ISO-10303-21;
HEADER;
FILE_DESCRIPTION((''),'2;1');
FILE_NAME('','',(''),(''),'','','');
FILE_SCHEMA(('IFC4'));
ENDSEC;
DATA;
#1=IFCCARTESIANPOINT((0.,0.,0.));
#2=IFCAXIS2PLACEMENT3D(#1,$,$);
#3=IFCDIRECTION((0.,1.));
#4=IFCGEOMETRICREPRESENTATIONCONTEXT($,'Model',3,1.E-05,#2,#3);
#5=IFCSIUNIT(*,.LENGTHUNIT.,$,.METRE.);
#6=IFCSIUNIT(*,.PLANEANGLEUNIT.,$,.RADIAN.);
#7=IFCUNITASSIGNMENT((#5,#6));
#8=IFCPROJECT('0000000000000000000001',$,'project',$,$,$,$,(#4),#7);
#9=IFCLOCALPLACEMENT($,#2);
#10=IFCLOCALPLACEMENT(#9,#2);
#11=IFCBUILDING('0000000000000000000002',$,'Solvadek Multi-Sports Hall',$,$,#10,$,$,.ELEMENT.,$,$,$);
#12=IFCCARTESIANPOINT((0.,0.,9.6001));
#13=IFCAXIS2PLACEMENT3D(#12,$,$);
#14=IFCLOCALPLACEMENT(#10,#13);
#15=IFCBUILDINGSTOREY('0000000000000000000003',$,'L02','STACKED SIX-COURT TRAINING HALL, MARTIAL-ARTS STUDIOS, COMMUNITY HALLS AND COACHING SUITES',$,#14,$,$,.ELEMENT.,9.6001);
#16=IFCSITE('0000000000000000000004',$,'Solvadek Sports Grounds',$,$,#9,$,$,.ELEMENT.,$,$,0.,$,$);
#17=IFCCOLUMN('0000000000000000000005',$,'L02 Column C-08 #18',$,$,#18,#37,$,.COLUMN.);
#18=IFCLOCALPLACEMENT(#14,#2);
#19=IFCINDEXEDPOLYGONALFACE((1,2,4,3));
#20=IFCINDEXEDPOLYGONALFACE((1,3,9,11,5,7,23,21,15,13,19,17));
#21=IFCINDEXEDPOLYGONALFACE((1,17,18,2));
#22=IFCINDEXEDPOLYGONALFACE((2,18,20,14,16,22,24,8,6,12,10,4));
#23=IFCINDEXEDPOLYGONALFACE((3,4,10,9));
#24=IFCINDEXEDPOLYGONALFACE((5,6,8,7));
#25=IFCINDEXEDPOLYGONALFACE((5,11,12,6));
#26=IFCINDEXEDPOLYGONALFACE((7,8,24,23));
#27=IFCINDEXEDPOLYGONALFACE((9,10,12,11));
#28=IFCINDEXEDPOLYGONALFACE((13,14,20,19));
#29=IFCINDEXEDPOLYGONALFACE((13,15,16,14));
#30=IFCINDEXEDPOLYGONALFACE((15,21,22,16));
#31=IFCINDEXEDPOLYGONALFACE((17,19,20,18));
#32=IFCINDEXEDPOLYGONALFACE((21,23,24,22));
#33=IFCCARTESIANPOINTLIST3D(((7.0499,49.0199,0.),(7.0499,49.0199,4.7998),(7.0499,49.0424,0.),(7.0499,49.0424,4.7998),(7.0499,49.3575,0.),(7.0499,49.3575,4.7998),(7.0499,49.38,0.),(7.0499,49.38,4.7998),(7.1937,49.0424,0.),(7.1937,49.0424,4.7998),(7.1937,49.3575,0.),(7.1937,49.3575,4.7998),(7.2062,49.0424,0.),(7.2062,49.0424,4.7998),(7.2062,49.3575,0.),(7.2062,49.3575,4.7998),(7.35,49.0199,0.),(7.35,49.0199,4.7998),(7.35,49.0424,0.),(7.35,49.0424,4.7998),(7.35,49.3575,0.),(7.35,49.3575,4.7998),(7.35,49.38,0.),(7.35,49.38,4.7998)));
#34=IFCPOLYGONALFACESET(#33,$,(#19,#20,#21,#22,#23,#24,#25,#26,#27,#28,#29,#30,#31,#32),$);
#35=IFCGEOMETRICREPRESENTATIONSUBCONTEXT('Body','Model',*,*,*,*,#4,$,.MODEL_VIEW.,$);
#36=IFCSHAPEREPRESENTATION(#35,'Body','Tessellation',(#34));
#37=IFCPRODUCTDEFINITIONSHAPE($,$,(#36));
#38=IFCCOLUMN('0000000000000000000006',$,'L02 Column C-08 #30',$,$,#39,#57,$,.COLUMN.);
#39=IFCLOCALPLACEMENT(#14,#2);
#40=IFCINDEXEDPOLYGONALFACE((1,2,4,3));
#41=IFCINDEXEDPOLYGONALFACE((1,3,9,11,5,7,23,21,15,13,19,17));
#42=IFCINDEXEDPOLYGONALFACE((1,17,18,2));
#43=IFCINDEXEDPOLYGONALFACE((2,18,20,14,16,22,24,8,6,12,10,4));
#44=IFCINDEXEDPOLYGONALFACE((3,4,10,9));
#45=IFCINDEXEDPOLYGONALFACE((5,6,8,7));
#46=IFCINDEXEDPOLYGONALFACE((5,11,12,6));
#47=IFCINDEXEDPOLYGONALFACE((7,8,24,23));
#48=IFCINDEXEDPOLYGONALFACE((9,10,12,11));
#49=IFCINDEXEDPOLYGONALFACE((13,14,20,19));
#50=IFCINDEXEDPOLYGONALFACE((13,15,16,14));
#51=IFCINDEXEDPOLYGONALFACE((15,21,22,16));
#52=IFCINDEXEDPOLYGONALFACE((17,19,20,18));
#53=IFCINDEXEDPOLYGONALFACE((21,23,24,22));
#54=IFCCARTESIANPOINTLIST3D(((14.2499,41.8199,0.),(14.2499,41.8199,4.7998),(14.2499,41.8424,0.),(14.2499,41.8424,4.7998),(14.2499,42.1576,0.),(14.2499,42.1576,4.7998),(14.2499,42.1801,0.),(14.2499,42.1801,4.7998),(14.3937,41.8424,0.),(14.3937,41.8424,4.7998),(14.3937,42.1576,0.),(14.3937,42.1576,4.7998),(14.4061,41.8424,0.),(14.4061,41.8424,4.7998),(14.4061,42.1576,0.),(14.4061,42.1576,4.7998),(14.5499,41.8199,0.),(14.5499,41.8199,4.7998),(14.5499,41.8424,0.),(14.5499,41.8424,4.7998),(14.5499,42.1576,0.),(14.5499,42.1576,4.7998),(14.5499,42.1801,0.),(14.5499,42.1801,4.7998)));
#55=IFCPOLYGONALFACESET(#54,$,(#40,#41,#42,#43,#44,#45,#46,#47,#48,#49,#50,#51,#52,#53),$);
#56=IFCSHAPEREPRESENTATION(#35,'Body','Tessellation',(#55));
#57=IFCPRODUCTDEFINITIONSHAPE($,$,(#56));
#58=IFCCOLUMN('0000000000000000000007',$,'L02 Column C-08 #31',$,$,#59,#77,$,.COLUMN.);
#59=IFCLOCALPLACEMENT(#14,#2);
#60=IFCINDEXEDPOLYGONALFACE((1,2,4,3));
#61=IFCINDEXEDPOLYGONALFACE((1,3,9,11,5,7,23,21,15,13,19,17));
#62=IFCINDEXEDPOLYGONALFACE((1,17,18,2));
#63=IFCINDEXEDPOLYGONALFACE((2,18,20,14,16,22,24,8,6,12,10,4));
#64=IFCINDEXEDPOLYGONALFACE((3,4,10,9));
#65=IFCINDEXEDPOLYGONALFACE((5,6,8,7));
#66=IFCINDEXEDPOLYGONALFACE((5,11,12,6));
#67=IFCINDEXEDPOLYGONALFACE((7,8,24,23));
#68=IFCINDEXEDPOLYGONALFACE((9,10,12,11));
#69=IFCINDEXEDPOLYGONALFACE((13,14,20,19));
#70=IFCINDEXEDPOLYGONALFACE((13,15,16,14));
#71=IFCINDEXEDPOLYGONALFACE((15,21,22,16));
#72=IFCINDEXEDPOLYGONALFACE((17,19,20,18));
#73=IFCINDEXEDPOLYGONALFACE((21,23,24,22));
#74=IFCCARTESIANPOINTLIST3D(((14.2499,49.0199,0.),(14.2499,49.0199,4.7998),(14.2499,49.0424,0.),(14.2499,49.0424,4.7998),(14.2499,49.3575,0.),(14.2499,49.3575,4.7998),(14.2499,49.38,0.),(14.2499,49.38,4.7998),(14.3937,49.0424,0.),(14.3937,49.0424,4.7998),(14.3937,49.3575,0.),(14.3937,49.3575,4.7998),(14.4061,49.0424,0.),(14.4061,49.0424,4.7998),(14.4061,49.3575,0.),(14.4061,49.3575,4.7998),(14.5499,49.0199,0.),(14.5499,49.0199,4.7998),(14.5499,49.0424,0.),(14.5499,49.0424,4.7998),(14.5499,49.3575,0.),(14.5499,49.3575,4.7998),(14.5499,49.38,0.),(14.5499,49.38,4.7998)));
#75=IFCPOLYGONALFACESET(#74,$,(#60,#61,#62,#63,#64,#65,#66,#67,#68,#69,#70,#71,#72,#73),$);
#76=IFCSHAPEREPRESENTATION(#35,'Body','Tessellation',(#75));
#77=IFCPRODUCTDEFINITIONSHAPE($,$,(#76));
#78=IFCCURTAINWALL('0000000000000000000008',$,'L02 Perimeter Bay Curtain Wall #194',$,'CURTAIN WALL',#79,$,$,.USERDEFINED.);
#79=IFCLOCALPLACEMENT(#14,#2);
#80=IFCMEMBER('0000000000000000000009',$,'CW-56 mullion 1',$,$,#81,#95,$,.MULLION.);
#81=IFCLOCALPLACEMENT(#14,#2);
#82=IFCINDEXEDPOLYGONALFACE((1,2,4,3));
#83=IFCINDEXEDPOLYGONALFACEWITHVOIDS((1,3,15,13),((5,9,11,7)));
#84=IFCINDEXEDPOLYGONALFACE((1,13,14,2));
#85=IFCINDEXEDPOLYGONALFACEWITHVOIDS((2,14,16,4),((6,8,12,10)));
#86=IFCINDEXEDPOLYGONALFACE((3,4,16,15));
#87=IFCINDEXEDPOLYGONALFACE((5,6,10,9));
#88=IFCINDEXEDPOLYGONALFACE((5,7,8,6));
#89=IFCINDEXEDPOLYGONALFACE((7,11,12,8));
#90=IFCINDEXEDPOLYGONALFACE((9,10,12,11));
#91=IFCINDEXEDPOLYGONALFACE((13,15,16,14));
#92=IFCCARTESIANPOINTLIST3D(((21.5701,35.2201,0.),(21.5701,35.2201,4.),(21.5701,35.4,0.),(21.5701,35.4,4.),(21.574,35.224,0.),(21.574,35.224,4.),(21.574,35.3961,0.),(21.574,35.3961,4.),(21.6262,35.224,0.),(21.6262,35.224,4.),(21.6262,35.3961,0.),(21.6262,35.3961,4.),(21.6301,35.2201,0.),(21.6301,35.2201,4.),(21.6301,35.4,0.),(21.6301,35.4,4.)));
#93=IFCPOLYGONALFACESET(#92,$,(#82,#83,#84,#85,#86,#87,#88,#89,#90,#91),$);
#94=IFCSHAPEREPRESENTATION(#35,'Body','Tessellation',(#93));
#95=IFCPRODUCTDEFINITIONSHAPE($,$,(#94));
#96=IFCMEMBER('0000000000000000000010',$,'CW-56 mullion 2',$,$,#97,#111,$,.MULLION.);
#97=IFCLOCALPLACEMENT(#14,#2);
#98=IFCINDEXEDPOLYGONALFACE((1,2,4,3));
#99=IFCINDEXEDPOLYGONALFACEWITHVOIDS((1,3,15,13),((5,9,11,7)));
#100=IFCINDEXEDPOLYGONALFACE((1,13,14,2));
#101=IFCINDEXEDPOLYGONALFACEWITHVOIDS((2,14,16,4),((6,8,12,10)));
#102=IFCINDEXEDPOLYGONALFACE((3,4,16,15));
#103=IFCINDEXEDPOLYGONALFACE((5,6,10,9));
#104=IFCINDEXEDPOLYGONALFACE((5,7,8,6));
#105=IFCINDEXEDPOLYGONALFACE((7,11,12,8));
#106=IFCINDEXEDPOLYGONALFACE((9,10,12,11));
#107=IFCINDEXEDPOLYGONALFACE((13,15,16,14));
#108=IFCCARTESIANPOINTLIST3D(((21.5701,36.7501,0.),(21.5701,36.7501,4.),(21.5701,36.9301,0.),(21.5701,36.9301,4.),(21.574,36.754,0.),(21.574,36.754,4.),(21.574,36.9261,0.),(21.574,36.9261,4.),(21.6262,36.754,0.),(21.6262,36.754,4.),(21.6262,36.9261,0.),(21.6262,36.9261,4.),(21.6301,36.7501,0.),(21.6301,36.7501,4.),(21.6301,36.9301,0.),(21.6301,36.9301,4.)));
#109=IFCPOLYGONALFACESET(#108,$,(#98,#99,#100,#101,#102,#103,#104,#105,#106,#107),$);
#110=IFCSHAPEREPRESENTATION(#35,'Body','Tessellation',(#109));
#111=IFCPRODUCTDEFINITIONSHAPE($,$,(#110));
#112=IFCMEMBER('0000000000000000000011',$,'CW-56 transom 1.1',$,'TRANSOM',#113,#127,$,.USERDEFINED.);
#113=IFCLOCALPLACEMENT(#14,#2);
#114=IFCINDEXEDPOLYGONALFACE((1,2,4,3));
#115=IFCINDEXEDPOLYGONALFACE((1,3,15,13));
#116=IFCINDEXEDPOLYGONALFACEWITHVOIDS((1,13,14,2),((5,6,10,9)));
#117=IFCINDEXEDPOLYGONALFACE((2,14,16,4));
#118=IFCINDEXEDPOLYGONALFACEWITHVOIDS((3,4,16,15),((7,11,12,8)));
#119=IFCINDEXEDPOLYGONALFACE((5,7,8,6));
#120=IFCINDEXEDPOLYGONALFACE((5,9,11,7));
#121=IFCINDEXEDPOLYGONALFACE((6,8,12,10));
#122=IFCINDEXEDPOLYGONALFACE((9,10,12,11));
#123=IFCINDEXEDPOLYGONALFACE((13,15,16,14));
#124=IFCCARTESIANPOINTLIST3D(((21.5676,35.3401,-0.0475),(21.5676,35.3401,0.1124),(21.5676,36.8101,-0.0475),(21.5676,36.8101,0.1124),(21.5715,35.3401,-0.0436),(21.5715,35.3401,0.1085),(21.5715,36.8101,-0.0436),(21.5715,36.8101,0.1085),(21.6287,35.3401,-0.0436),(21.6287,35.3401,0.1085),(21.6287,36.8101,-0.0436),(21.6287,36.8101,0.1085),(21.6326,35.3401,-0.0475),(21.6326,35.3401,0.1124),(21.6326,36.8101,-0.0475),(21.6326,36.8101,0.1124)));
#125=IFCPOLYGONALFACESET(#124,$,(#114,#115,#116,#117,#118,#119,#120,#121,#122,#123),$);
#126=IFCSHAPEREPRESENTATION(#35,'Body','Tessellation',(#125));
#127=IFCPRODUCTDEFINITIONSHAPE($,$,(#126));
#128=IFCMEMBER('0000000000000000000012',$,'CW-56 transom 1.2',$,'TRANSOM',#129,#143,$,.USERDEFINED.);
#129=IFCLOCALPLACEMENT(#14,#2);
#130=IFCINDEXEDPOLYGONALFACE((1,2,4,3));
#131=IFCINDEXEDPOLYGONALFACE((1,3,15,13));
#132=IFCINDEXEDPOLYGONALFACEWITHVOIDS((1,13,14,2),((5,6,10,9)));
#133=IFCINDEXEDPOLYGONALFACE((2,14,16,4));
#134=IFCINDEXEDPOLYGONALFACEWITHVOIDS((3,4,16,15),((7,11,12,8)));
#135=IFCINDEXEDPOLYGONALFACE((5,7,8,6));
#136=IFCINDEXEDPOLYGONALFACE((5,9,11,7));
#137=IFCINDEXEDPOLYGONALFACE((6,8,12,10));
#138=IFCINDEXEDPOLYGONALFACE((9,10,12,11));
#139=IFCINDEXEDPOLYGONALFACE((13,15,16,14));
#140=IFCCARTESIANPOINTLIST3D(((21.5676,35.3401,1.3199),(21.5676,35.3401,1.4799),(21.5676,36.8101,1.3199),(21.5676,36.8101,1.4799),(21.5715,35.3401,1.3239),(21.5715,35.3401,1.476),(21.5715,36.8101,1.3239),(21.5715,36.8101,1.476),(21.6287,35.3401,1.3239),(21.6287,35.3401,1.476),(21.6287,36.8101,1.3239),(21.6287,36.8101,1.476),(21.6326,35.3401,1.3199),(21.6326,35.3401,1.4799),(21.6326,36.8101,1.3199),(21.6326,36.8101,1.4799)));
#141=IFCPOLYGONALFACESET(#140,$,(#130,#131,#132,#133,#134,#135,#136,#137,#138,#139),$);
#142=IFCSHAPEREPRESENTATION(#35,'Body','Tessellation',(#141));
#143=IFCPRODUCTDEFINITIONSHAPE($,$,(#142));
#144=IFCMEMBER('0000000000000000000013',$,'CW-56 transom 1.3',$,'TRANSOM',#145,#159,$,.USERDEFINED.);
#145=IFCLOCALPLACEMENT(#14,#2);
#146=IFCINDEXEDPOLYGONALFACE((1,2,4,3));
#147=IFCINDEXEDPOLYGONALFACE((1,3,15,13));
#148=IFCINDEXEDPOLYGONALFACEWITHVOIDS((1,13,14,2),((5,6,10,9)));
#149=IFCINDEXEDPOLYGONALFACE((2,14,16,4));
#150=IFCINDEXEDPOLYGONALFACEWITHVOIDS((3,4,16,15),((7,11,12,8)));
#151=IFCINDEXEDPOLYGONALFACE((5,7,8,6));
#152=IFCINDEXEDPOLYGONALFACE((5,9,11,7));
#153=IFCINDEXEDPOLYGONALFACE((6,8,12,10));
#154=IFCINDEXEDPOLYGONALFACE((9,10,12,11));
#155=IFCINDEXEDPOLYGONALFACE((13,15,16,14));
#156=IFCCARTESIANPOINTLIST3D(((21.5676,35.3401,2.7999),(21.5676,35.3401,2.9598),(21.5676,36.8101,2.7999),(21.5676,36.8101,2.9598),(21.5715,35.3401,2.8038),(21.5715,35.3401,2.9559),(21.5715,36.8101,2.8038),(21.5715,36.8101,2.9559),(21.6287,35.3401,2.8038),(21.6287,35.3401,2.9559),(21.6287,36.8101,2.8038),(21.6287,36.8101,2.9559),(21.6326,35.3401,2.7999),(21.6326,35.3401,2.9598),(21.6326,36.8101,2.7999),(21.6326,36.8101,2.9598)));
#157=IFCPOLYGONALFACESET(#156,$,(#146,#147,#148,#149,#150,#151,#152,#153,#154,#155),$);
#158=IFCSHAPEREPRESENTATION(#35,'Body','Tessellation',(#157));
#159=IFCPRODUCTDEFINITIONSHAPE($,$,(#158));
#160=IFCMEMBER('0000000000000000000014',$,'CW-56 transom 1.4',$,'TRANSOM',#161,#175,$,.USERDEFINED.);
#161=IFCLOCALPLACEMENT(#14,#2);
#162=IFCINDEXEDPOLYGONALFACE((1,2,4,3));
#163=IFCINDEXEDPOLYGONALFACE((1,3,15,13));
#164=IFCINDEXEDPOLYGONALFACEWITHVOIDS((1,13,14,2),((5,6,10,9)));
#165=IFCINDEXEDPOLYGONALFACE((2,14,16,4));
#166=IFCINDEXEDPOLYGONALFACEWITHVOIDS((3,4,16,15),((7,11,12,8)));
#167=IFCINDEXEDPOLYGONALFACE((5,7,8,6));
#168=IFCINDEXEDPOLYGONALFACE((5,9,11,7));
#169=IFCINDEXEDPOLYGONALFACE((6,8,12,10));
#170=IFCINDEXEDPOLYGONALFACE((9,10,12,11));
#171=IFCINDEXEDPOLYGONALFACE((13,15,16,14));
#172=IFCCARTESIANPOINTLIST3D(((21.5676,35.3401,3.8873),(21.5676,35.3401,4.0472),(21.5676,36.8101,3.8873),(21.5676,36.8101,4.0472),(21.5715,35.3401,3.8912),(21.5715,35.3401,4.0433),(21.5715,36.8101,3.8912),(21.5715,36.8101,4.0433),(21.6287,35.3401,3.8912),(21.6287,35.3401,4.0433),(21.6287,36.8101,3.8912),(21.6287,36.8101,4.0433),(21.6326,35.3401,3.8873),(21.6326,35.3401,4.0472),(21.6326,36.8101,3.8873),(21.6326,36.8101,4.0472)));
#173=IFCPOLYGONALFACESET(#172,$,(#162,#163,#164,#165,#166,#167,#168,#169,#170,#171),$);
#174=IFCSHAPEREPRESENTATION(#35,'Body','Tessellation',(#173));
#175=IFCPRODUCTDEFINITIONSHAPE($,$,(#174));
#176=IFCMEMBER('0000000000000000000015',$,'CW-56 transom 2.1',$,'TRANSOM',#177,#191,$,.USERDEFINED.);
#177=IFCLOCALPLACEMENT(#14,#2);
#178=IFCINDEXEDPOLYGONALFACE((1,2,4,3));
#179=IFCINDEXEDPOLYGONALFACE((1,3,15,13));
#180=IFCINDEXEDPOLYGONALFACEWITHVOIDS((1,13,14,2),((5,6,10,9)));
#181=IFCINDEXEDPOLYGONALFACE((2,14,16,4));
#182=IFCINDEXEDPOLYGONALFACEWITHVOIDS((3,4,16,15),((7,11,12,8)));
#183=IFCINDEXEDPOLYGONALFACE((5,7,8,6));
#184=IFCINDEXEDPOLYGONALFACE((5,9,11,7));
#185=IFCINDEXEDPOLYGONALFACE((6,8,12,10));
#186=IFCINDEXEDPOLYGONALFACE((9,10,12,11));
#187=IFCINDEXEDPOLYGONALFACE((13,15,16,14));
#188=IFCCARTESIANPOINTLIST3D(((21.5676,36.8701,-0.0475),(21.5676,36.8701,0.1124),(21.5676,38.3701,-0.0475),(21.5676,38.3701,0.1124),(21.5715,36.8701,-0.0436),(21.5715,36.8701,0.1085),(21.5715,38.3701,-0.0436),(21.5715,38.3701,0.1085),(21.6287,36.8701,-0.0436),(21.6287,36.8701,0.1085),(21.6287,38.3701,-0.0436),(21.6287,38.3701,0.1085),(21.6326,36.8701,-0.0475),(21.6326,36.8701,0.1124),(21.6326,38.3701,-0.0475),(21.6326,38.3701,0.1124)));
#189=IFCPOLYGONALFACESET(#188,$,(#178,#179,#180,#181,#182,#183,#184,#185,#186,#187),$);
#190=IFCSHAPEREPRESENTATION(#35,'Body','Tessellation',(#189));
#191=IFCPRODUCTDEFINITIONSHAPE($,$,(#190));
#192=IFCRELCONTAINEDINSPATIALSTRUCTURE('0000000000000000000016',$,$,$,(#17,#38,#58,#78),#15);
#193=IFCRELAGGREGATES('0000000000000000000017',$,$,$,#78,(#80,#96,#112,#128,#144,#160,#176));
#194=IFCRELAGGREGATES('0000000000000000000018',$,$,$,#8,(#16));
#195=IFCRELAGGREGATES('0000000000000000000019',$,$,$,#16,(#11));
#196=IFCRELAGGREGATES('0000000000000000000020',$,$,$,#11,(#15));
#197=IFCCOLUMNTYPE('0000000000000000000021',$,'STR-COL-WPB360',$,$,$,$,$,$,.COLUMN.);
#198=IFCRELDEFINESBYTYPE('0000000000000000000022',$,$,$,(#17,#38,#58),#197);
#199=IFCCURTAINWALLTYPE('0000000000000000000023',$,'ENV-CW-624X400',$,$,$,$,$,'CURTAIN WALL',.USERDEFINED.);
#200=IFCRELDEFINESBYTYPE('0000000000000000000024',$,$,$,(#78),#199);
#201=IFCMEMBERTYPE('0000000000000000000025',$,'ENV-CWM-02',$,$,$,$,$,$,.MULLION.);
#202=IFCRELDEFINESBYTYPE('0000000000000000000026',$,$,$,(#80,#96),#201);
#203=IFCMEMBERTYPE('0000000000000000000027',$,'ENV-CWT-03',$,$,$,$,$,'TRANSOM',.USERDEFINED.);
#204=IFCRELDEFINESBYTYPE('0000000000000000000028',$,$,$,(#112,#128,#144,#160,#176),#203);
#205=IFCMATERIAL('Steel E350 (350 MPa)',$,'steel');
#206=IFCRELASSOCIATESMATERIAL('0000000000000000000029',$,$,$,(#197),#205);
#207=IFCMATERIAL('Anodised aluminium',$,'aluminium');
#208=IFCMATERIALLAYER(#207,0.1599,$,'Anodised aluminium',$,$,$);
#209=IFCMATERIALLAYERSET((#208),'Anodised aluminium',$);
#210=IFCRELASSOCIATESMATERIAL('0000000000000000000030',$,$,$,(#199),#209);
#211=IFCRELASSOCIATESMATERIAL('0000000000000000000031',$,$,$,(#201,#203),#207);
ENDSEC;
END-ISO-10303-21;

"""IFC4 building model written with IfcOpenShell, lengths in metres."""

from ifc_helpers import new_model, si_unit, direction, frame, origin, origin_2d, place, context, subcontext, project, spatial, hollow_rectangle, i_section, extrude, material, layer, layer_set, material_profile, profile_set, type_object, element, aggregate, save


model = new_model("IFC4")

# Units and contexts
model_context = context("Model", 3, precision=1e-05, world=origin(), true_north=direction((0.0, 1.0)))
body_context = subcontext(model_context, "Body", "Model", "MODEL_VIEW")
ifc_project = project(units=[si_unit("LENGTHUNIT", "METRE"), si_unit("PLANEANGLEUNIT", "RADIAN")], contexts=[model_context])

# Site, building, storey
site_placement = place(None, origin())
site = spatial("IfcSite", under=ifc_project, at=site_placement, Name="Solvadek Sports Grounds", CompositionType="ELEMENT", RefElevation=0.0)
building_placement = place(site_placement, origin())
building = spatial("IfcBuilding", under=site, at=building_placement, Name="Solvadek Multi-Sports Hall", CompositionType="ELEMENT")
storey_placement = place(building_placement, frame((0.0, 0.0, 9.6001)))
storey = spatial("IfcBuildingStorey", under=building, at=storey_placement, Name="L02", Description="STACKED SIX-COURT TRAINING HALL, MARTIAL-ARTS STUDIOS, COMMUNITY HALLS AND COACHING SUITES", CompositionType="ELEMENT", Elevation=9.6001)

# Columns
ifc_material_1 = material(Name="Steel E350 (350 MPa)", Category="steel")
ifc_material_profile_1 = material_profile(ifc_material_1, i_section(OverallWidth=0.3, OverallDepth=0.3601, WebThickness=0.0125, FlangeThickness=0.0225, at=origin_2d()), Name="WPB 360")
ifc_profile_set_1 = profile_set([ifc_material_profile_1], Name="Steel E350 (350 MPa)")
column_type = type_object("IfcColumnType", Name="STR-COL-WPB360", PredefinedType="COLUMN", material=ifc_profile_set_1)
for number, where, z_axis, x_axis, name in (
    (1, (7.2, 49.2, 0.0), (0.0, 0.0, 1.0), (1.0, 0.0, 0.0), "L02 Column C-08 #18"),
    (2, (14.3999, 42.0, 0.0), (0.0, 0.0, 1.0), (1.0, 0.0, 0.0), "L02 Column C-08 #30"),
    (3, (14.3999, 49.2, 0.0), (0.0, 0.0, 1.0), (1.0, 0.0, 0.0), "L02 Column C-08 #31"),
):
    element("IfcColumn", number, at=place(storey_placement, frame(where, z_axis=z_axis, x_axis=x_axis)), inside=storey, type_object=column_type, Name=name, PredefinedType="COLUMN", context=body_context, shape_type="SweptSolid", body=[
        extrude(i_section(OverallWidth=0.3, OverallDepth=0.3601, WebThickness=0.0125, FlangeThickness=0.0225, at=origin_2d()), origin(), (0.0, 0.0, 1.0), 4.7998),
    ])

# Curtain wall, members
ifc_material_2 = material(Name="Anodised aluminium", Category="aluminium")
ifc_layer_1 = layer(ifc_material_2, 0.1599, Name="Anodised aluminium")
ifc_layer_set_1 = layer_set([ifc_layer_1], Name="Anodised aluminium")
curtain_wall_type = type_object("IfcCurtainWallType", Name="ENV-CW-624X400", ElementType="CURTAIN WALL", PredefinedType="USERDEFINED", material=ifc_layer_set_1)
curtain_wall_placement = place(storey_placement, origin())
curtain_wall = element("IfcCurtainWall", 4, at=curtain_wall_placement, inside=storey, type_object=curtain_wall_type, Name="L02 Perimeter Bay Curtain Wall #194", ObjectType="CURTAIN WALL", PredefinedType="USERDEFINED")
ifc_material_profile_2 = material_profile(ifc_material_2, hollow_rectangle(XDim=0.0601, YDim=0.1799, WallThickness=0.0039, at=origin_2d()), Name="ALU-M 180x60x4")
ifc_profile_set_2 = profile_set([ifc_material_profile_2], Name="Anodised aluminium")
member_type_1 = type_object("IfcMemberType", Name="ENV-CWM-02", PredefinedType="MULLION", material=ifc_profile_set_2)
member_1_placement = place(storey_placement, frame((21.6001, 35.3101, 0.0), z_axis=(0.0, 0.0, 1.0), x_axis=(-1.0, 0.0, 0.0)))
member_1 = element("IfcMember", 5, at=member_1_placement, type_object=member_type_1, Name="CW-56 mullion 1", PredefinedType="MULLION", context=body_context, shape_type="SweptSolid", body=[
    extrude(hollow_rectangle(XDim=0.0601, YDim=0.1799, WallThickness=0.0039, at=origin_2d()), origin(), (0.0, 0.0, 1.0), 4.0),
])
member_2_placement = place(storey_placement, frame((21.6001, 36.8401, 0.0), z_axis=(0.0, 0.0, 1.0), x_axis=(-1.0, 0.0, 0.0)))
member_2 = element("IfcMember", 6, at=member_2_placement, type_object=member_type_1, Name="CW-56 mullion 2", PredefinedType="MULLION", context=body_context, shape_type="SweptSolid", body=[
    extrude(hollow_rectangle(XDim=0.0601, YDim=0.1799, WallThickness=0.0039, at=origin_2d()), origin(), (0.0, 0.0, 1.0), 4.0),
])
ifc_material_profile_3 = material_profile(ifc_material_2, hollow_rectangle(XDim=0.0649, YDim=0.1599, WallThickness=0.0039, at=origin_2d()), Name="ALU-T 160x65x4")
ifc_profile_set_3 = profile_set([ifc_material_profile_3], Name="Anodised aluminium")
member_type_2 = type_object("IfcMemberType", Name="ENV-CWT-03", ElementType="TRANSOM", PredefinedType="USERDEFINED", material=ifc_profile_set_3)
member_3_placement = place(storey_placement, frame((21.6001, 35.3401, 0.0325), z_axis=(0.0, 1.0, 0.0), x_axis=(-1.0, 0.0, 0.0)))
member_3 = element("IfcMember", 7, at=member_3_placement, type_object=member_type_2, Name="CW-56 transom 1.1", ObjectType="TRANSOM", PredefinedType="USERDEFINED", context=body_context, shape_type="SweptSolid", body=[
    extrude(hollow_rectangle(XDim=0.0649, YDim=0.1599, WallThickness=0.0039, at=origin_2d()), origin(), (0.0, 0.0, 1.0), 1.47),
])
member_4_placement = place(storey_placement, frame((21.6001, 35.3401, 1.3999), z_axis=(0.0, 1.0, 0.0), x_axis=(-1.0, 0.0, 0.0)))
member_4 = element("IfcMember", 8, at=member_4_placement, type_object=member_type_2, Name="CW-56 transom 1.2", ObjectType="TRANSOM", PredefinedType="USERDEFINED", context=body_context, shape_type="SweptSolid", body=[
    extrude(hollow_rectangle(XDim=0.0649, YDim=0.1599, WallThickness=0.0039, at=origin_2d()), origin(), (0.0, 0.0, 1.0), 1.47),
])
member_5_placement = place(storey_placement, frame((21.6001, 35.3401, 2.8799), z_axis=(0.0, 1.0, 0.0), x_axis=(-1.0, 0.0, 0.0)))
member_5 = element("IfcMember", 9, at=member_5_placement, type_object=member_type_2, Name="CW-56 transom 1.3", ObjectType="TRANSOM", PredefinedType="USERDEFINED", context=body_context, shape_type="SweptSolid", body=[
    extrude(hollow_rectangle(XDim=0.0649, YDim=0.1599, WallThickness=0.0039, at=origin_2d()), origin(), (0.0, 0.0, 1.0), 1.47),
])
member_6_placement = place(storey_placement, frame((21.6001, 35.3401, 3.9673), z_axis=(0.0, 1.0, 0.0), x_axis=(-1.0, 0.0, 0.0)))
member_6 = element("IfcMember", 10, at=member_6_placement, type_object=member_type_2, Name="CW-56 transom 1.4", ObjectType="TRANSOM", PredefinedType="USERDEFINED", context=body_context, shape_type="SweptSolid", body=[
    extrude(hollow_rectangle(XDim=0.0649, YDim=0.1599, WallThickness=0.0039, at=origin_2d()), origin(), (0.0, 0.0, 1.0), 1.47),
])
member_7_placement = place(storey_placement, frame((21.6001, 36.8701, 0.0325), z_axis=(0.0, 1.0, 0.0), x_axis=(-1.0, 0.0, 0.0)))
member_7 = element("IfcMember", 11, at=member_7_placement, type_object=member_type_2, Name="CW-56 transom 2.1", ObjectType="TRANSOM", PredefinedType="USERDEFINED", context=body_context, shape_type="SweptSolid", body=[
    extrude(hollow_rectangle(XDim=0.0649, YDim=0.1599, WallThickness=0.0039, at=origin_2d()), origin(), (0.0, 0.0, 1.0), 1.5),
])

aggregate(curtain_wall, [member_1, member_2, member_3, member_4, member_5, member_6, member_7])

save(model, "model.ifc")
